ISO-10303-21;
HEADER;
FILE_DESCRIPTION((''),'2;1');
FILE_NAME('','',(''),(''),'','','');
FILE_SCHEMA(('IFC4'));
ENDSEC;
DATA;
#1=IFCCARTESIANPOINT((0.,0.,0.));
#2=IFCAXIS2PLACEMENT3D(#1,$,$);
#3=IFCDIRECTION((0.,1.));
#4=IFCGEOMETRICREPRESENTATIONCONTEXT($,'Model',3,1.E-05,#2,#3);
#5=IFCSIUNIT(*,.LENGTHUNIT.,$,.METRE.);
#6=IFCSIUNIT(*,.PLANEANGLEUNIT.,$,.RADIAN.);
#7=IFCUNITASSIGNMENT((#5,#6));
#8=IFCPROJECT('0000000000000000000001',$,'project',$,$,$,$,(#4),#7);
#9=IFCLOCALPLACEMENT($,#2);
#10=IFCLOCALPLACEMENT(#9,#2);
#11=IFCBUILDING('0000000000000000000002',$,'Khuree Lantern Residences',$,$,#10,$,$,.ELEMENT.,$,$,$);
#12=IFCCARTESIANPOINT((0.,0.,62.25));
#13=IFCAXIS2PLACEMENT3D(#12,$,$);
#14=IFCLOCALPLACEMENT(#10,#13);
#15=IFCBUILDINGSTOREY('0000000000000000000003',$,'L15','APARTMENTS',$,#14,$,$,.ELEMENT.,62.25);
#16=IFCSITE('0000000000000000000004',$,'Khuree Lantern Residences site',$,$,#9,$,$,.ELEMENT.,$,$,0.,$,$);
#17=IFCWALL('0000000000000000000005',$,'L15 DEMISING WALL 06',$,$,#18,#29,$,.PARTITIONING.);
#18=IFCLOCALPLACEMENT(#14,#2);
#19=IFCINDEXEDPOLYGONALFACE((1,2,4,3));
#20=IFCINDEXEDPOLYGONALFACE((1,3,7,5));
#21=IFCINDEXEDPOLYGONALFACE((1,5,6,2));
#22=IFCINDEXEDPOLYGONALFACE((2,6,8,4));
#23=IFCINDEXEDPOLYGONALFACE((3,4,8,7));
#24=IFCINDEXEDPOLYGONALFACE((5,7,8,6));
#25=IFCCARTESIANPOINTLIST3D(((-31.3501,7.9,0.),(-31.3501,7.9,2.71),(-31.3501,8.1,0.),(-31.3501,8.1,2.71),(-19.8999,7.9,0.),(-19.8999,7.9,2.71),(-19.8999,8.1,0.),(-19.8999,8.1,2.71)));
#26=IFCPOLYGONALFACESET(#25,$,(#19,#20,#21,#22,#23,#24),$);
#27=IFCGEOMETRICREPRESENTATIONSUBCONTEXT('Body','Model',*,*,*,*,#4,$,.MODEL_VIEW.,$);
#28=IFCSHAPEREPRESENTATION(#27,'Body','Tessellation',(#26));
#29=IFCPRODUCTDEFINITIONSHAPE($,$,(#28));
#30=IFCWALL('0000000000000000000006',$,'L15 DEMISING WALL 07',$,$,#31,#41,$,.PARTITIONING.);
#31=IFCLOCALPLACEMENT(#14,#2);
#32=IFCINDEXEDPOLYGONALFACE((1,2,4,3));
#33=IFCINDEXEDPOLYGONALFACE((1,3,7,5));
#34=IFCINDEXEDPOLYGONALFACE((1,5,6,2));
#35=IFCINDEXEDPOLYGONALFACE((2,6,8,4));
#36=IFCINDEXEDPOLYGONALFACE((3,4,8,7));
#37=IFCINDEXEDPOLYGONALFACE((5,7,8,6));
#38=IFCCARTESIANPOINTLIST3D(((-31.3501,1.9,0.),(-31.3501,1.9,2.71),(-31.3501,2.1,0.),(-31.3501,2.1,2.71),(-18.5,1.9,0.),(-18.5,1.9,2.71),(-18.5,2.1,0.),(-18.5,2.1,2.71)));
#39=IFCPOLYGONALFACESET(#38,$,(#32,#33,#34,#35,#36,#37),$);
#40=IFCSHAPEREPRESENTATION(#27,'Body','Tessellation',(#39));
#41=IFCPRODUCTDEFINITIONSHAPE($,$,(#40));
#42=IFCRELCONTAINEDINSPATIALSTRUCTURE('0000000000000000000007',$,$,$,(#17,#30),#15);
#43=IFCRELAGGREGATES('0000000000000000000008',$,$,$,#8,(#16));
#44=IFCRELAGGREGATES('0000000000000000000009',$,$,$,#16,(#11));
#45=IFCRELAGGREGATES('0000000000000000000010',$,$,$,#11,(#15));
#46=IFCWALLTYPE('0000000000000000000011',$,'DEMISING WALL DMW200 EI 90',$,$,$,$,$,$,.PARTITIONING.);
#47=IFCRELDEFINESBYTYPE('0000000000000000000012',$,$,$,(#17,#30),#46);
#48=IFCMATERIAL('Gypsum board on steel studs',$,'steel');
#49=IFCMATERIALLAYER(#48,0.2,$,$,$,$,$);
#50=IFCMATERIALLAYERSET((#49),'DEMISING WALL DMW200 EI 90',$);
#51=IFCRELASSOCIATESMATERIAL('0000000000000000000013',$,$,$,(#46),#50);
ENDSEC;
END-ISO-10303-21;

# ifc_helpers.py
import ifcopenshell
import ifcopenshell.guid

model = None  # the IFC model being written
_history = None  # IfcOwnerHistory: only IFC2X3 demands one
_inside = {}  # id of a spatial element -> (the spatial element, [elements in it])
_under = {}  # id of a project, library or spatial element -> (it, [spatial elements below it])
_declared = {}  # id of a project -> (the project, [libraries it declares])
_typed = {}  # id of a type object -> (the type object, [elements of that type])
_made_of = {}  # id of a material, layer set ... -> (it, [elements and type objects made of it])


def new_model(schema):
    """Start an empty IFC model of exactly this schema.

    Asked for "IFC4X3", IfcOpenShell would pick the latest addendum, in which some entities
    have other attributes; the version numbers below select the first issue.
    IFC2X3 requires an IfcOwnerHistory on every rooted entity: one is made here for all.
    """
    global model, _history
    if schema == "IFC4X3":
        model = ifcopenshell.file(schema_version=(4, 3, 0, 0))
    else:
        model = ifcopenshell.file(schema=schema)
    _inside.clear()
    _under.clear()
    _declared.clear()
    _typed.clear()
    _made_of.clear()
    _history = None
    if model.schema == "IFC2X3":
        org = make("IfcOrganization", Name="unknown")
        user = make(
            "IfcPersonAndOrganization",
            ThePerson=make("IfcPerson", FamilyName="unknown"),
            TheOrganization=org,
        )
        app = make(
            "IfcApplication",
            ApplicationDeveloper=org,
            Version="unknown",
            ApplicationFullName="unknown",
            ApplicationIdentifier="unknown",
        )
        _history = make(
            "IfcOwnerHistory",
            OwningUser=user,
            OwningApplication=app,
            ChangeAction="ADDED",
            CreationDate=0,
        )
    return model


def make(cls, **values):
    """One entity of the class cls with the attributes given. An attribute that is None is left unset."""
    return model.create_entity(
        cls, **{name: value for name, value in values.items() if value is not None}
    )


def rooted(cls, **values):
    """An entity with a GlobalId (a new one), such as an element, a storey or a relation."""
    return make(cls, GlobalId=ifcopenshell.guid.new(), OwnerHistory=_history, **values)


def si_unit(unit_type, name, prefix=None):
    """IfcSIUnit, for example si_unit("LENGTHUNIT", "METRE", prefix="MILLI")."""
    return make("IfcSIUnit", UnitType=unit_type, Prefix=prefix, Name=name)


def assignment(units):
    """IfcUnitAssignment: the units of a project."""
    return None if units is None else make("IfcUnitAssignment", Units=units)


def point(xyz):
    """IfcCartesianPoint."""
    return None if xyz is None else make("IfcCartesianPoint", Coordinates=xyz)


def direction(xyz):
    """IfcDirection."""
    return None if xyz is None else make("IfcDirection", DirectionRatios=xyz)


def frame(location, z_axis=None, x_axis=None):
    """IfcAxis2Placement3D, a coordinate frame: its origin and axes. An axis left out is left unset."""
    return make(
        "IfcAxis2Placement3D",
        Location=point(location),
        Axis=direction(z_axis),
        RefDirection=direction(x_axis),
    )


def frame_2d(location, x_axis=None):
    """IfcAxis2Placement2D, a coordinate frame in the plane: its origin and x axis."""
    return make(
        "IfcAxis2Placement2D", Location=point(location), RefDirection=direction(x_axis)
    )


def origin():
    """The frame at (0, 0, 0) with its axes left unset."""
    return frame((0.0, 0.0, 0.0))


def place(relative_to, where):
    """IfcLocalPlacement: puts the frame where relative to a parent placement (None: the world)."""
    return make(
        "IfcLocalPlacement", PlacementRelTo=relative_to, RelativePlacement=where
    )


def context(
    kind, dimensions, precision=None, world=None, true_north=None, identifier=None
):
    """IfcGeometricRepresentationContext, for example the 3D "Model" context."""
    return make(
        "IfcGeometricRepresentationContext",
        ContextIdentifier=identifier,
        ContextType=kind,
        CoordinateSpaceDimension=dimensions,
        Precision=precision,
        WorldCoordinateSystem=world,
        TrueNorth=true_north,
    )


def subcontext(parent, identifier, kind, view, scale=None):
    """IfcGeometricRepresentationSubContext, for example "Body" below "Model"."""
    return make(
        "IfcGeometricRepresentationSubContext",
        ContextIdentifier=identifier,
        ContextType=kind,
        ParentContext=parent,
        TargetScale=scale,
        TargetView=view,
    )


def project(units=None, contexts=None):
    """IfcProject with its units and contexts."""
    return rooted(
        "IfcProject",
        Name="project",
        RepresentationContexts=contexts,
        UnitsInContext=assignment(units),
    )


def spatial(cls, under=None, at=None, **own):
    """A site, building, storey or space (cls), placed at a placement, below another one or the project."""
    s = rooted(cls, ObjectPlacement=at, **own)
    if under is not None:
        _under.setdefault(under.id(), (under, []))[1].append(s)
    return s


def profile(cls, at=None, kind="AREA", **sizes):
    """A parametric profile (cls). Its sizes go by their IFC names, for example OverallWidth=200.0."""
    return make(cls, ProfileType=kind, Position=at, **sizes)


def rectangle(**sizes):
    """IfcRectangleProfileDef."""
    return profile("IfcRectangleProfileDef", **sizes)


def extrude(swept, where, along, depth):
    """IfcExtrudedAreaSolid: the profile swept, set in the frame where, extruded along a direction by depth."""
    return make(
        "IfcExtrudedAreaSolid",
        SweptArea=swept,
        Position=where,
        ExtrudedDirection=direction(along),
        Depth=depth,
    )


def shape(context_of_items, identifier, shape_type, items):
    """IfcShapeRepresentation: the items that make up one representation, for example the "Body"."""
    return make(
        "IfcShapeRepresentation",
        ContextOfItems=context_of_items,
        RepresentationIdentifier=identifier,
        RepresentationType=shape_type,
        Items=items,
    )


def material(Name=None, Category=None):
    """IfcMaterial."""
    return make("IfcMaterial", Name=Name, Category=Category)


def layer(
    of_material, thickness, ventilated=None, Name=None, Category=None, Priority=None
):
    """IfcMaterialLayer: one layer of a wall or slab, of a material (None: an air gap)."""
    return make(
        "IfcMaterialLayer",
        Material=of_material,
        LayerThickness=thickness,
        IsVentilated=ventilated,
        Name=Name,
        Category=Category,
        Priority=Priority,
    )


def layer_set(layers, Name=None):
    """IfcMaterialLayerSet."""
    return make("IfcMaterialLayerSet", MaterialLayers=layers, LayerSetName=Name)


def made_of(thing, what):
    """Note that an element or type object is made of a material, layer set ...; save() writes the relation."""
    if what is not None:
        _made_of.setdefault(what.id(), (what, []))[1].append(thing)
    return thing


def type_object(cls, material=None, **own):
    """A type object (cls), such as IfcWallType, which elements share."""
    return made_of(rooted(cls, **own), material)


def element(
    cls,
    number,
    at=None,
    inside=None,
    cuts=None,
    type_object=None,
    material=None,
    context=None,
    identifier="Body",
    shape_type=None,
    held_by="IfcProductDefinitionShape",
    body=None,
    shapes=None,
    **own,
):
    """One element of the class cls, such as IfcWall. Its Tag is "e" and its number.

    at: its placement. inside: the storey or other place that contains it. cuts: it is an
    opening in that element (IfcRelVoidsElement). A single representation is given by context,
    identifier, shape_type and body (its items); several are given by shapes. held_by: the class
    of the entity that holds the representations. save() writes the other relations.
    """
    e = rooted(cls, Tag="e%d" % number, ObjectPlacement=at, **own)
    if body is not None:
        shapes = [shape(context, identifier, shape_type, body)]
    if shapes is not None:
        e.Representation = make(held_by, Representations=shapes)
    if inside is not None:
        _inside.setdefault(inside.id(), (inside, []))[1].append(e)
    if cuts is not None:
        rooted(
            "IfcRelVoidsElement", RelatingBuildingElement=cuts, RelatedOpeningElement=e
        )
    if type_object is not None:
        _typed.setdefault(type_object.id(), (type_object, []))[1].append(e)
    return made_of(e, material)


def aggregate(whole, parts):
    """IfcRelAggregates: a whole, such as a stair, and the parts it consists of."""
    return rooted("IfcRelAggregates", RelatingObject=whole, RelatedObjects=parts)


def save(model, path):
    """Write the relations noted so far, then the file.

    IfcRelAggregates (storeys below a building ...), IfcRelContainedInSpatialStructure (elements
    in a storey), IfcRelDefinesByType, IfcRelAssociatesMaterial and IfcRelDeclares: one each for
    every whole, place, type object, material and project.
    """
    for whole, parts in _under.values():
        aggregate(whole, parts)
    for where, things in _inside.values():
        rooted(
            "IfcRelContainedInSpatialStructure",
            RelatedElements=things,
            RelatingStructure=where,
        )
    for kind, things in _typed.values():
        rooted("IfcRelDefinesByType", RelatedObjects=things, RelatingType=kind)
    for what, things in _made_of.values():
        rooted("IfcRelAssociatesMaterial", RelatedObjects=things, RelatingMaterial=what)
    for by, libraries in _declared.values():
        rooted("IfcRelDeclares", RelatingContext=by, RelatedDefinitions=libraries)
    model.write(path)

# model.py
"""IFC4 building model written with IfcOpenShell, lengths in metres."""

from ifc_helpers import new_model, si_unit, direction, frame, frame_2d, origin, place, context, subcontext, project, spatial, rectangle, extrude, material, layer, layer_set, type_object, element, save


model = new_model("IFC4")

# Units and contexts
model_context = context("Model", 3, precision=1e-05, world=origin(), true_north=direction((0.0, 1.0)))
body_context = subcontext(model_context, "Body", "Model", "MODEL_VIEW")
ifc_project = project(units=[si_unit("LENGTHUNIT", "METRE"), si_unit("PLANEANGLEUNIT", "RADIAN")], contexts=[model_context])

# Site, building, storey
site_placement = place(None, origin())
site = spatial("IfcSite", under=ifc_project, at=site_placement, Name="Khuree Lantern Residences site", CompositionType="ELEMENT", RefElevation=0.0)
building_placement = place(site_placement, origin())
building = spatial("IfcBuilding", under=site, at=building_placement, Name="Khuree Lantern Residences", CompositionType="ELEMENT")
storey_placement = place(building_placement, frame((0.0, 0.0, 62.25)))
storey = spatial("IfcBuildingStorey", under=building, at=storey_placement, Name="L15", Description="APARTMENTS", CompositionType="ELEMENT", Elevation=62.25)

# Shared definitions
ifc_material_1 = material(Name="Gypsum board on steel studs", Category="steel")

# Walls
ifc_layer_1 = layer(ifc_material_1, 0.2)
ifc_layer_set_1 = layer_set([ifc_layer_1], Name="DEMISING WALL DMW200 EI 90")
wall_type_1 = type_object("IfcWallType", Name="DEMISING WALL DMW200 EI 90", PredefinedType="PARTITIONING", material=ifc_layer_set_1)
wall_1_placement = place(storey_placement, frame((-19.8999, 8.0, 0.0), z_axis=(0.0, 0.0, 1.0), x_axis=(-1.0, 0.0, 0.0)))
element("IfcWall", 1, at=wall_1_placement, inside=storey, type_object=wall_type_1, Name="L15 DEMISING WALL 06", PredefinedType="PARTITIONING", context=body_context, shape_type="SweptSolid", body=[
    extrude(rectangle(XDim=11.4502, YDim=0.2, at=frame_2d((5.7251, 0.0))), origin(), (0.0, 0.0, 1.0), 2.71),
])
wall_2_placement = place(storey_placement, frame((-18.5, 2.0, 0.0), z_axis=(0.0, 0.0, 1.0), x_axis=(-1.0, 0.0, 0.0)))
element("IfcWall", 2, at=wall_2_placement, inside=storey, type_object=wall_type_1, Name="L15 DEMISING WALL 07", PredefinedType="PARTITIONING", context=body_context, shape_type="SweptSolid", body=[
    extrude(rectangle(XDim=12.8501, YDim=0.2, at=frame_2d((6.425, 0.0))), origin(), (0.0, 0.0, 1.0), 2.71),
])

save(model, "model.ifc")
